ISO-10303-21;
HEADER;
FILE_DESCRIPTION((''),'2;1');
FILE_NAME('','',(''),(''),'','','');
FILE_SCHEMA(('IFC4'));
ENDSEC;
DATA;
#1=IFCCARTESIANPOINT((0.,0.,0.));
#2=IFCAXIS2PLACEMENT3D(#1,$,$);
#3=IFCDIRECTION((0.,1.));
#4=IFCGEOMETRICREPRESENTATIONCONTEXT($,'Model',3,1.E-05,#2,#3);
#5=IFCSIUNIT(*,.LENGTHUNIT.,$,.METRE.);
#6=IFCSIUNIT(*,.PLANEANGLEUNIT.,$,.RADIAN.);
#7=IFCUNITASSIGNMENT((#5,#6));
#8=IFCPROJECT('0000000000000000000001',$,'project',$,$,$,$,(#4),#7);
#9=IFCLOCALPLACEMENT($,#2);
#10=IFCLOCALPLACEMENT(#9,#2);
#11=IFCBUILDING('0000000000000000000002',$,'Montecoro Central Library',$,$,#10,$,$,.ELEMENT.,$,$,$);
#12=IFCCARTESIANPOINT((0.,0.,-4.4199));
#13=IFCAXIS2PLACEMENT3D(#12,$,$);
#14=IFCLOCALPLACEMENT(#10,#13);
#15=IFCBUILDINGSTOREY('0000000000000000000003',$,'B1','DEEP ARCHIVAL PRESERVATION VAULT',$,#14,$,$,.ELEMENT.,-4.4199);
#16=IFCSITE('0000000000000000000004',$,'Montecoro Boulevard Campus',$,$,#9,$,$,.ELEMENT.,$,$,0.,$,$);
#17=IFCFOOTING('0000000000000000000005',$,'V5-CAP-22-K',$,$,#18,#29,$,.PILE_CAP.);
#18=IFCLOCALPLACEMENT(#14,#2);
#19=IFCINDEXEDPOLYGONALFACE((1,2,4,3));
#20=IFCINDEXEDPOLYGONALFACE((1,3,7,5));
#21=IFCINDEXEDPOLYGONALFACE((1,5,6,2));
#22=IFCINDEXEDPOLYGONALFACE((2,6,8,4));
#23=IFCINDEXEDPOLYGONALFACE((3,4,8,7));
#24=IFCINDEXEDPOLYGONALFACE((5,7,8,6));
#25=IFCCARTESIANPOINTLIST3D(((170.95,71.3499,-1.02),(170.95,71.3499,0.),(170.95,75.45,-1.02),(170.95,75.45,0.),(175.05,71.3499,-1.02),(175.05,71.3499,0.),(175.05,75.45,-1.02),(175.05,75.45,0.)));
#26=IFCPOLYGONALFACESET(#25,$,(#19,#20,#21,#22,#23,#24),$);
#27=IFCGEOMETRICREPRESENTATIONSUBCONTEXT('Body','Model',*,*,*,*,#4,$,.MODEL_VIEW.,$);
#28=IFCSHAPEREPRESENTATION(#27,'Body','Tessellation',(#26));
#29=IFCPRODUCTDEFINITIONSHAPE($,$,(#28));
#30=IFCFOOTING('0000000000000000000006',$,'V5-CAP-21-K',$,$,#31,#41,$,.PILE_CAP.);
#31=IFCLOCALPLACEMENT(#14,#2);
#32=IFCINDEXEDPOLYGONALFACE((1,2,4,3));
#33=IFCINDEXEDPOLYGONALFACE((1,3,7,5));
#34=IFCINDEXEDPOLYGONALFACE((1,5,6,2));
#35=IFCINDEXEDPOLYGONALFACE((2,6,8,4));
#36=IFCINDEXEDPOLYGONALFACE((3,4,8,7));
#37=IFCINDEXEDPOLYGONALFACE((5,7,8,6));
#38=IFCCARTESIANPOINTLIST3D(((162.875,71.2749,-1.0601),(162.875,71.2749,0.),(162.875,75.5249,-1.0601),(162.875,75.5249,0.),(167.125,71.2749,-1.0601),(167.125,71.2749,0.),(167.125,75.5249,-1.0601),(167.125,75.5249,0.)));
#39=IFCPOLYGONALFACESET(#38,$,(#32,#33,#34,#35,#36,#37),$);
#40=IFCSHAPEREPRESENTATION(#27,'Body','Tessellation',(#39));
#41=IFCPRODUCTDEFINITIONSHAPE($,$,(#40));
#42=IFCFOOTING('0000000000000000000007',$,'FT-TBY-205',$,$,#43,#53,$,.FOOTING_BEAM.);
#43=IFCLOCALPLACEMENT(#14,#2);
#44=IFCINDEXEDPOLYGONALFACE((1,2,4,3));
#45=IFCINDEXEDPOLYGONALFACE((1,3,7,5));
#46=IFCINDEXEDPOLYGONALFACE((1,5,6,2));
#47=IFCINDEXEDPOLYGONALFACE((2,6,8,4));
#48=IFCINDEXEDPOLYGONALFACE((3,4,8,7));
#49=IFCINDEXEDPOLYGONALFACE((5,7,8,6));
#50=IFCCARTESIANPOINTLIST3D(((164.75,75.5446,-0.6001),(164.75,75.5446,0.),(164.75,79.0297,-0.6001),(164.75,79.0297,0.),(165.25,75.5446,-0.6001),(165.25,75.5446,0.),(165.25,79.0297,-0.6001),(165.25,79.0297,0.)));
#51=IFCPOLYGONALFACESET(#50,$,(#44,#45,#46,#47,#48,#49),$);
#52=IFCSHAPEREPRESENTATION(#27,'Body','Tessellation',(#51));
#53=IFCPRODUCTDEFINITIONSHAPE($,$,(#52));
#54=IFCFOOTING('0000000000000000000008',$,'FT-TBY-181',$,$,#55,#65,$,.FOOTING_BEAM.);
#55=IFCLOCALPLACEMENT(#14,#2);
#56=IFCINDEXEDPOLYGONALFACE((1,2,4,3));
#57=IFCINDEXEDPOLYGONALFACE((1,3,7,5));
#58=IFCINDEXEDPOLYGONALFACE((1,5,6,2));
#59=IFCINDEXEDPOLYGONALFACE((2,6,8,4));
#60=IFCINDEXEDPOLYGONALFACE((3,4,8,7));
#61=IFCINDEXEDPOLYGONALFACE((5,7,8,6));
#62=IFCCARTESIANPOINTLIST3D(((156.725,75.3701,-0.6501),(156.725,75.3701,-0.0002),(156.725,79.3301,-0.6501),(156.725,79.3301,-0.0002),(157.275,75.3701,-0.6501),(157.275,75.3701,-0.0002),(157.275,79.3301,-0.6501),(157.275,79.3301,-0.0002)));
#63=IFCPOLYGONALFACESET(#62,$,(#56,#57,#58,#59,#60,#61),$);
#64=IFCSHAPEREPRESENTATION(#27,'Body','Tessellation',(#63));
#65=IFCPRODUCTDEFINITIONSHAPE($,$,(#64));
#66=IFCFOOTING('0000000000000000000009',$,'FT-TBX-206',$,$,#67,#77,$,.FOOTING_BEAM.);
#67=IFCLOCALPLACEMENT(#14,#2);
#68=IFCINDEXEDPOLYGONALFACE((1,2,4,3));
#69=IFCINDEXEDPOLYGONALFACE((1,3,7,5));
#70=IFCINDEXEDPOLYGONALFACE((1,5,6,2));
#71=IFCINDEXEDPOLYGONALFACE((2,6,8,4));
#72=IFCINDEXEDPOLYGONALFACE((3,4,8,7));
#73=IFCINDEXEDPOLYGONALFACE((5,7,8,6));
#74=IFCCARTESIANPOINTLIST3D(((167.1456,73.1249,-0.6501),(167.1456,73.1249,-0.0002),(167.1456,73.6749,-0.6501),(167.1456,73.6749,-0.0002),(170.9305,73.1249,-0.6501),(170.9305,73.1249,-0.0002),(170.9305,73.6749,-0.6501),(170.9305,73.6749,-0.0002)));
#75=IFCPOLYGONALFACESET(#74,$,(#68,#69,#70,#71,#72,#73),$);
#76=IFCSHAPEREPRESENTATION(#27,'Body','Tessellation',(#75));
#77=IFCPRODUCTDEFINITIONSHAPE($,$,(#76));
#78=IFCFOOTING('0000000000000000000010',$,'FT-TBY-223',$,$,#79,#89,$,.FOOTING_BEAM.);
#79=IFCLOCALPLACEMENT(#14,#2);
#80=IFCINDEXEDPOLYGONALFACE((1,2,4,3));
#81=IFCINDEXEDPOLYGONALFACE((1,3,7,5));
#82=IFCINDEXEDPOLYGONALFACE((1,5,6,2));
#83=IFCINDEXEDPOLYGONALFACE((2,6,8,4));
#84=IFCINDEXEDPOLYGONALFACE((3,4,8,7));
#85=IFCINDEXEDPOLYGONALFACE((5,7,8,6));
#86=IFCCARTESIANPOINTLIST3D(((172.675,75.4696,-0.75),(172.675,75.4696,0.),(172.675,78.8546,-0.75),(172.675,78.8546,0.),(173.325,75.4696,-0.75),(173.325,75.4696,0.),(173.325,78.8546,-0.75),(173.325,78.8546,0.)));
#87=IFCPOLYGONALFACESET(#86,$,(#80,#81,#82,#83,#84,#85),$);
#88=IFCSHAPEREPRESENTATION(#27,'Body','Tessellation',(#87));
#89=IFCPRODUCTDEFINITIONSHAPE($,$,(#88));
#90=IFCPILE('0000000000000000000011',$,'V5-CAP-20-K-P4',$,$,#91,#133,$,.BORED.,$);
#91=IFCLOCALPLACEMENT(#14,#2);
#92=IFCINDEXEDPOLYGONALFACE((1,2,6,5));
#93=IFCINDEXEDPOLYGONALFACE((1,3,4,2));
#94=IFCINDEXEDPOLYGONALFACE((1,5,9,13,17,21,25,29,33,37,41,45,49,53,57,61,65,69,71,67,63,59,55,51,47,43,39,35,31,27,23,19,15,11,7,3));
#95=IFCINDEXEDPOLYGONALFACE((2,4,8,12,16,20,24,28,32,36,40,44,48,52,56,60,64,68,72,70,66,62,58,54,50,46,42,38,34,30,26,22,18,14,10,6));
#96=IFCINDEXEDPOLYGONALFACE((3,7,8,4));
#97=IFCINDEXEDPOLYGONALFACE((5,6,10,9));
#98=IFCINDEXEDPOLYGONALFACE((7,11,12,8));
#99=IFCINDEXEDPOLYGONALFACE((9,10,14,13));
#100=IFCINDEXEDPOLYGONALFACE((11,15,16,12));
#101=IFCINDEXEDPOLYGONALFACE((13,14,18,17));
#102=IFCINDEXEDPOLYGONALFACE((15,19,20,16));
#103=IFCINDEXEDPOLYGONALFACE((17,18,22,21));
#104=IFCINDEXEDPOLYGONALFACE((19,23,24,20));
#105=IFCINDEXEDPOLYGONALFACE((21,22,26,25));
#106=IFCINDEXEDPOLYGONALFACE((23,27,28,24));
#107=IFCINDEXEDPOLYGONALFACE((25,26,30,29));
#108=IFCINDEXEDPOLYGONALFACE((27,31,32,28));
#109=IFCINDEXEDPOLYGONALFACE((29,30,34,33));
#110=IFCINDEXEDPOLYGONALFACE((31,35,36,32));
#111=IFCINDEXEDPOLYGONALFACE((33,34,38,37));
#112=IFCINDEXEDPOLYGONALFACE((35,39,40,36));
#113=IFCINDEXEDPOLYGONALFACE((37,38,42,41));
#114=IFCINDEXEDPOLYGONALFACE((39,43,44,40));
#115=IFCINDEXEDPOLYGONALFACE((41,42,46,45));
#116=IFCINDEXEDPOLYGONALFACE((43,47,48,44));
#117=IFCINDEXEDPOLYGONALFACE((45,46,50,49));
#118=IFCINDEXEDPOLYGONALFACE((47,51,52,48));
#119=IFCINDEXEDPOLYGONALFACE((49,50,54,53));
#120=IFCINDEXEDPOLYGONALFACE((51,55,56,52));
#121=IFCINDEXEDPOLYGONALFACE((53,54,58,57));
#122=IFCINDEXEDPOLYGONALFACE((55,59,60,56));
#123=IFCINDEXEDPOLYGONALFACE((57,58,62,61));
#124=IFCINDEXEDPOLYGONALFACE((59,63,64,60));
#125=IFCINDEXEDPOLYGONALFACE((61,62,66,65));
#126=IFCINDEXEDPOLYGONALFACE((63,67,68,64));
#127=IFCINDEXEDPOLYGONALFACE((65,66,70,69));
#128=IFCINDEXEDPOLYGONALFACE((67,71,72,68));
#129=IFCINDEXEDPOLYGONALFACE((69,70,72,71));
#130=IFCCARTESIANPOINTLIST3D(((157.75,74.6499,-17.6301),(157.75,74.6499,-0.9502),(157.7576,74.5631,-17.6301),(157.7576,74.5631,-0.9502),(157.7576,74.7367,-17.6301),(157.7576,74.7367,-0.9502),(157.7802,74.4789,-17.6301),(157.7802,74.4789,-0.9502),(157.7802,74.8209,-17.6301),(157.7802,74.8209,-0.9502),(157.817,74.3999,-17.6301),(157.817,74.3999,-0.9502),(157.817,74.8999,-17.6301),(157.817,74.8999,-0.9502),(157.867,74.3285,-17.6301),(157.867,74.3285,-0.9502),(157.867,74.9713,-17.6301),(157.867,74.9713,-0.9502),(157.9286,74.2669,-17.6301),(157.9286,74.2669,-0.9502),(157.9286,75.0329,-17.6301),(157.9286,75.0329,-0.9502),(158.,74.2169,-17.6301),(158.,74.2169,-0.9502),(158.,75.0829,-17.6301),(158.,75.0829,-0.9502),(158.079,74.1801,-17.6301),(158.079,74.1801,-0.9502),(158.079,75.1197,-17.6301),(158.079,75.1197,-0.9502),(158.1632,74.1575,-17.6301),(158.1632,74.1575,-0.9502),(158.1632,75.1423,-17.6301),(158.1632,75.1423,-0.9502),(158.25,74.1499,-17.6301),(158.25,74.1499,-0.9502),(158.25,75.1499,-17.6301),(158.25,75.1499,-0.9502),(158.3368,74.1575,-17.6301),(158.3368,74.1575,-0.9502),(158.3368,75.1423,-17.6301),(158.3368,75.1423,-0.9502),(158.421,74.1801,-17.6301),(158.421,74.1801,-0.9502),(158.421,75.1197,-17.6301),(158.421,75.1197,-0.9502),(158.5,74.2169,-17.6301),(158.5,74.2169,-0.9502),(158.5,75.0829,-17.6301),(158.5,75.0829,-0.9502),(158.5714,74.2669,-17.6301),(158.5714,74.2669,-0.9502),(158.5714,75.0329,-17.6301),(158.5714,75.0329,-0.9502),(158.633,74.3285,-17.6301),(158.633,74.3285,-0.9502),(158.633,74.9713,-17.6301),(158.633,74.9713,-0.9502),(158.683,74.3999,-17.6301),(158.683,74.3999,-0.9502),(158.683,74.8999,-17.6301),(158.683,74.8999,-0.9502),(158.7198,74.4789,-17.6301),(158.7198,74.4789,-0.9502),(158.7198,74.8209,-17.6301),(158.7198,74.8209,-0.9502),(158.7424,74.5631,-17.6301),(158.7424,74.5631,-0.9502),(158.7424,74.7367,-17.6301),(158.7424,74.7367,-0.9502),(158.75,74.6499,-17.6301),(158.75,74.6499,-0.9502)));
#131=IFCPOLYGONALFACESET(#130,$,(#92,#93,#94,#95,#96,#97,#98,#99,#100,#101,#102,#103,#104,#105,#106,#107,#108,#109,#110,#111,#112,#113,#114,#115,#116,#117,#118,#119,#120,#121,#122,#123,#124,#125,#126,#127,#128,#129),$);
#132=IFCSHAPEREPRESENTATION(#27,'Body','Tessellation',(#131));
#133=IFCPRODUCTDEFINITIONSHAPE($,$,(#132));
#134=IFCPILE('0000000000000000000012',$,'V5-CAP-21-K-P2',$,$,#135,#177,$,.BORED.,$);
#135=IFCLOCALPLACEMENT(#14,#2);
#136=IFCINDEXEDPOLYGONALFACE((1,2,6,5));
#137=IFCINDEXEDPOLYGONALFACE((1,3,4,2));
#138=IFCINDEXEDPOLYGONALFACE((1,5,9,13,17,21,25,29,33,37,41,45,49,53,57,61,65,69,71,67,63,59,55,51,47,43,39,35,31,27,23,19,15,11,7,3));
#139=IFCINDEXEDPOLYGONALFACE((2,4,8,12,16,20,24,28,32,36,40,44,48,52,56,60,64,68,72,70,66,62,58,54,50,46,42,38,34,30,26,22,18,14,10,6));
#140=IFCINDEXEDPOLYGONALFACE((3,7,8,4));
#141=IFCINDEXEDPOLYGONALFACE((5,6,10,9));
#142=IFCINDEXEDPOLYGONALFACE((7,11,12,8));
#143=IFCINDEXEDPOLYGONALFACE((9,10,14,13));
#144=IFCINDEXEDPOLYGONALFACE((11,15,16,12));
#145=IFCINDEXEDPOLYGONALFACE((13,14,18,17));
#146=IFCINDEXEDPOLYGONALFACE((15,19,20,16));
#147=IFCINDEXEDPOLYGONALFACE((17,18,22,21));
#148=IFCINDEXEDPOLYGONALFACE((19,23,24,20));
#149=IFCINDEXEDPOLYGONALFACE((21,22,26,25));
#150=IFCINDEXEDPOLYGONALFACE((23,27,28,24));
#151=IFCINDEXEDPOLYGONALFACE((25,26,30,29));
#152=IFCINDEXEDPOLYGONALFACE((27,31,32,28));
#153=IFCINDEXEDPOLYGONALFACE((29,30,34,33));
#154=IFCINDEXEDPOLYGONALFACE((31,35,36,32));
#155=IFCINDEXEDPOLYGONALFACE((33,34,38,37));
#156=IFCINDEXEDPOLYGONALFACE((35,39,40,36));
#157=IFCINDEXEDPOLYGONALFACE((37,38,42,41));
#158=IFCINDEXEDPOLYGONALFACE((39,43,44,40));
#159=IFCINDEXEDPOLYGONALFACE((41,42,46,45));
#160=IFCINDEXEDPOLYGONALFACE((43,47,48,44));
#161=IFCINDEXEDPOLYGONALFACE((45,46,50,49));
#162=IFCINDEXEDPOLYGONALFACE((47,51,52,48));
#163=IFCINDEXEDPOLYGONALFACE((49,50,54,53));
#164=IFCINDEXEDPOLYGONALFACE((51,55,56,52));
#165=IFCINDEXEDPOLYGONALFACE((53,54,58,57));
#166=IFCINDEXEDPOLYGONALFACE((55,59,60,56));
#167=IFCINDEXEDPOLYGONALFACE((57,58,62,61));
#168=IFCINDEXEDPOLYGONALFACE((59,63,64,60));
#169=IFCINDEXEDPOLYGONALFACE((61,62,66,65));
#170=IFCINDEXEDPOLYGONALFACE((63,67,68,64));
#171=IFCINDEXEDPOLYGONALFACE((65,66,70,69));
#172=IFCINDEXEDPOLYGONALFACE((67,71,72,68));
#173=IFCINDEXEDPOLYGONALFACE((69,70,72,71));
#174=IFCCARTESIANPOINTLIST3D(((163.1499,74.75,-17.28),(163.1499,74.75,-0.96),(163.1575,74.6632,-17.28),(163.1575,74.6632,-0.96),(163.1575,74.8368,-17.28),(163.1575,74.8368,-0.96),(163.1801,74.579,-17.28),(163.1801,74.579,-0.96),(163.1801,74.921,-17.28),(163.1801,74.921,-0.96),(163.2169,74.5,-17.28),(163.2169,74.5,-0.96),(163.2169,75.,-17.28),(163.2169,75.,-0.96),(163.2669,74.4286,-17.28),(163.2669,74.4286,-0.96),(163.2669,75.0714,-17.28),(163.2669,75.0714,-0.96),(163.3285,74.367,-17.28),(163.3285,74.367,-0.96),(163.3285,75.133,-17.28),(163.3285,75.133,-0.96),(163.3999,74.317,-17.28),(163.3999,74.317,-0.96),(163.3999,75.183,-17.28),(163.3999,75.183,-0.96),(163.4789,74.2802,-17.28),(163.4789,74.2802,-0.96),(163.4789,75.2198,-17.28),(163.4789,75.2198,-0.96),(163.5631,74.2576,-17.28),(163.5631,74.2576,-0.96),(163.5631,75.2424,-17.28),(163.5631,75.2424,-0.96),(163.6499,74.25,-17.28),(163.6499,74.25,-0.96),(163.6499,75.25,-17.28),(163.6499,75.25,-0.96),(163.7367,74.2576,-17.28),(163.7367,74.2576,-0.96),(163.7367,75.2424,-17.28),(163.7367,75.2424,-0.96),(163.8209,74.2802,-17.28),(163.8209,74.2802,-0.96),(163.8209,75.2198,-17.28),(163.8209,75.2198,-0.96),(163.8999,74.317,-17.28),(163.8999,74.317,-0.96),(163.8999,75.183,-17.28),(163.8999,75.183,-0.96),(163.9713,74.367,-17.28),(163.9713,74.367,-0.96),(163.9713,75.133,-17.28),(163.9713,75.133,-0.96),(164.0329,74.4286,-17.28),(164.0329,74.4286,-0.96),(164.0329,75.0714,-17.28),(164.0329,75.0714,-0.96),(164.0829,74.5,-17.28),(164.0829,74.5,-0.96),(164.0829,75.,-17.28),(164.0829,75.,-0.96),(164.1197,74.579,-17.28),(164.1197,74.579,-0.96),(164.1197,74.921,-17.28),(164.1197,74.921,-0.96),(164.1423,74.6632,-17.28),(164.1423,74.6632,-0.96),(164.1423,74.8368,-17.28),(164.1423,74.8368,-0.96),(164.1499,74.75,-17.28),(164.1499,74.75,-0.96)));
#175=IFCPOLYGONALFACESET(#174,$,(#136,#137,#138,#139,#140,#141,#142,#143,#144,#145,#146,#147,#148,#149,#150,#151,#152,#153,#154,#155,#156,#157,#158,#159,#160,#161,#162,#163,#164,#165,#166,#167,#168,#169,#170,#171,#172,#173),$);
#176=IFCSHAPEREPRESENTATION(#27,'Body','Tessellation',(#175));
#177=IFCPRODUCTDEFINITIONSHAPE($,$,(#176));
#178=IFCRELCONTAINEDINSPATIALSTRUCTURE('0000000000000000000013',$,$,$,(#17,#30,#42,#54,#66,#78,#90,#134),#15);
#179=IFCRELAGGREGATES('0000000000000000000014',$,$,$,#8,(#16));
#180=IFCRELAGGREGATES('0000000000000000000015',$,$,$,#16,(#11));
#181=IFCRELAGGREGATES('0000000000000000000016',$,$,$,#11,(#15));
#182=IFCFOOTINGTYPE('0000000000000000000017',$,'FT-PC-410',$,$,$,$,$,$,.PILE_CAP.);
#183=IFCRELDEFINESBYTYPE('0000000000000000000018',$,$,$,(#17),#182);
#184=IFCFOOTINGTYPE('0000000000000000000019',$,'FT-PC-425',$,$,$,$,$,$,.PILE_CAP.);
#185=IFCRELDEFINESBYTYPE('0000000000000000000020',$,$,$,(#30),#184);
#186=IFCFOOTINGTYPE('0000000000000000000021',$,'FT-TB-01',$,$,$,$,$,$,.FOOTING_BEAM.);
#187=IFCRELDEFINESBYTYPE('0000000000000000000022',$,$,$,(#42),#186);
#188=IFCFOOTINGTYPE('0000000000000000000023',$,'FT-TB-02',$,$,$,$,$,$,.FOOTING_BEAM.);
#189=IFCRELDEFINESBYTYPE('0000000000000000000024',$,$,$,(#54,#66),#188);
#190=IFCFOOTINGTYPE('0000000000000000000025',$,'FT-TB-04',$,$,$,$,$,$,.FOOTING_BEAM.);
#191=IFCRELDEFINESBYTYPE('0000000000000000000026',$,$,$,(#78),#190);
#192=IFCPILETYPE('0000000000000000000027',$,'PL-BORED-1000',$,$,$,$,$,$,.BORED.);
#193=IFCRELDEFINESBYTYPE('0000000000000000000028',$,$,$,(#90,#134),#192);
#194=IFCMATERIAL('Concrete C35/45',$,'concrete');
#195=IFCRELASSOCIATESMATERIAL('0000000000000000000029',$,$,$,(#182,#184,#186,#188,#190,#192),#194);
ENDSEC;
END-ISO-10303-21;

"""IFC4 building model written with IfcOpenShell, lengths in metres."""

from ifc_helpers import new_model, si_unit, direction, frame, origin, origin_2d, place, context, subcontext, project, spatial, rectangle, circle, extrude, material, material_profile, profile_set, type_object, element, save


model = new_model("IFC4")

# Units and contexts
model_context = context("Model", 3, precision=1e-05, world=origin(), true_north=direction((0.0, 1.0)))
body_context = subcontext(model_context, "Body", "Model", "MODEL_VIEW")
ifc_project = project(units=[si_unit("LENGTHUNIT", "METRE"), si_unit("PLANEANGLEUNIT", "RADIAN")], contexts=[model_context])

# Site, building, storey
site_placement = place(None, origin())
site = spatial("IfcSite", under=ifc_project, at=site_placement, Name="Montecoro Boulevard Campus", CompositionType="ELEMENT", RefElevation=0.0)
building_placement = place(site_placement, origin())
building = spatial("IfcBuilding", under=site, at=building_placement, Name="Montecoro Central Library", CompositionType="ELEMENT")
storey_placement = place(building_placement, frame((0.0, 0.0, -4.4199)))
storey = spatial("IfcBuildingStorey", under=building, at=storey_placement, Name="B1", Description="DEEP ARCHIVAL PRESERVATION VAULT", CompositionType="ELEMENT", Elevation=-4.4199)

# Footings
ifc_material_1 = material(Name="Concrete C35/45", Category="concrete")
footing_type_1 = type_object("IfcFootingType", Name="FT-PC-410", PredefinedType="PILE_CAP", material=ifc_material_1)
footing_1_placement = place(storey_placement, frame((173.0, 73.3999, -1.02), z_axis=(0.0, 0.0, 1.0), x_axis=(1.0, 0.0, 0.0)))
element("IfcFooting", 1, at=footing_1_placement, inside=storey, type_object=footing_type_1, Name="V5-CAP-22-K", PredefinedType="PILE_CAP", context=body_context, shape_type="SweptSolid", body=[
    extrude(rectangle(XDim=4.1001, YDim=4.1001, at=origin_2d()), origin(), (0.0, 0.0, 1.0), 1.02),
])
footing_type_2 = type_object("IfcFootingType", Name="FT-PC-425", PredefinedType="PILE_CAP", material=ifc_material_1)
footing_2_placement = place(storey_placement, frame((165.0, 73.3999, -1.0601), z_axis=(0.0, 0.0, 1.0), x_axis=(1.0, 0.0, 0.0)))
element("IfcFooting", 2, at=footing_2_placement, inside=storey, type_object=footing_type_2, Name="V5-CAP-21-K", PredefinedType="PILE_CAP", context=body_context, shape_type="SweptSolid", body=[
    extrude(rectangle(XDim=4.25, YDim=4.25, at=origin_2d()), origin(), (0.0, 0.0, 1.0), 1.0601),
])
footing_type_3 = type_object("IfcFootingType", Name="FT-TB-01", PredefinedType="FOOTING_BEAM", material=ifc_material_1)
footing_3_placement = place(storey_placement, frame((165.0, 77.2871, -0.6001), z_axis=(0.0, 0.0, 1.0), x_axis=(1.0, 0.0, 0.0)))
element("IfcFooting", 3, at=footing_3_placement, inside=storey, type_object=footing_type_3, Name="FT-TBY-205", PredefinedType="FOOTING_BEAM", context=body_context, shape_type="SweptSolid", body=[
    extrude(rectangle(XDim=0.5, YDim=3.4851, at=origin_2d()), origin(), (0.0, 0.0, 1.0), 0.6001),
])
footing_type_4 = type_object("IfcFootingType", Name="FT-TB-02", PredefinedType="FOOTING_BEAM", material=ifc_material_1)
footing_4_placement = place(storey_placement, frame((157.0, 77.3501, -0.6501), z_axis=(0.0, 0.0, 1.0), x_axis=(1.0, 0.0, 0.0)))
element("IfcFooting", 4, at=footing_4_placement, inside=storey, type_object=footing_type_4, Name="FT-TBY-181", PredefinedType="FOOTING_BEAM", context=body_context, shape_type="SweptSolid", body=[
    extrude(rectangle(XDim=0.55, YDim=3.96, at=origin_2d()), origin(), (0.0, 0.0, 1.0), 0.6499),
])
footing_5_placement = place(storey_placement, frame((169.0381, 73.3999, -0.6501), z_axis=(0.0, 0.0, 1.0), x_axis=(1.0, 0.0, 0.0)))
element("IfcFooting", 5, at=footing_5_placement, inside=storey, type_object=footing_type_4, Name="FT-TBX-206", PredefinedType="FOOTING_BEAM", context=body_context, shape_type="SweptSolid", body=[
    extrude(rectangle(XDim=3.7849, YDim=0.55, at=origin_2d()), origin(), (0.0, 0.0, 1.0), 0.6499),
])
footing_type_5 = type_object("IfcFootingType", Name="FT-TB-04", PredefinedType="FOOTING_BEAM", material=ifc_material_1)
footing_6_placement = place(storey_placement, frame((173.0, 77.1621, -0.75), z_axis=(0.0, 0.0, 1.0), x_axis=(1.0, 0.0, 0.0)))
element("IfcFooting", 6, at=footing_6_placement, inside=storey, type_object=footing_type_5, Name="FT-TBY-223", PredefinedType="FOOTING_BEAM", context=body_context, shape_type="SweptSolid", body=[
    extrude(rectangle(XDim=0.6499, YDim=3.385, at=origin_2d()), origin(), (0.0, 0.0, 1.0), 0.75),
])

# Piles
ifc_material_profile_1 = material_profile(ifc_material_1, circle(Radius=0.5, at=origin_2d()), Name="PILE D1000")
ifc_profile_set_1 = profile_set([ifc_material_profile_1], Name="Concrete C35/45")
pile_type_1 = type_object("IfcPileType", Name="PL-BORED-1000", PredefinedType="BORED", material=ifc_profile_set_1)
pile_1_placement = place(storey_placement, frame((158.25, 74.6499, -0.9502), z_axis=(0.0, 0.0, -1.0), x_axis=(1.0, 0.0, 0.0)))
element("IfcPile", 7, at=pile_1_placement, inside=storey, type_object=pile_type_1, Name="V5-CAP-20-K-P4", PredefinedType="BORED", context=body_context, shape_type="SweptSolid", body=[
    extrude(circle(Radius=0.5, at=origin_2d()), origin(), (0.0, 0.0, 1.0), 16.6799),
])
for number, where, z_axis, x_axis, name in (
    (8, (163.6499, 74.75, -0.96), (0.0, 0.0, -1.0), (1.0, 0.0, 0.0), "V5-CAP-21-K-P2"),
):
    element("IfcPile", number, at=place(storey_placement, frame(where, z_axis=z_axis, x_axis=x_axis)), inside=storey, type_object=pile_type_1, Name=name, PredefinedType="BORED", context=body_context, shape_type="SweptSolid", body=[
        extrude(circle(Radius=0.5, at=origin_2d()), origin(), (0.0, 0.0, 1.0), 16.3201),
    ])

save(model, "model.ifc")
